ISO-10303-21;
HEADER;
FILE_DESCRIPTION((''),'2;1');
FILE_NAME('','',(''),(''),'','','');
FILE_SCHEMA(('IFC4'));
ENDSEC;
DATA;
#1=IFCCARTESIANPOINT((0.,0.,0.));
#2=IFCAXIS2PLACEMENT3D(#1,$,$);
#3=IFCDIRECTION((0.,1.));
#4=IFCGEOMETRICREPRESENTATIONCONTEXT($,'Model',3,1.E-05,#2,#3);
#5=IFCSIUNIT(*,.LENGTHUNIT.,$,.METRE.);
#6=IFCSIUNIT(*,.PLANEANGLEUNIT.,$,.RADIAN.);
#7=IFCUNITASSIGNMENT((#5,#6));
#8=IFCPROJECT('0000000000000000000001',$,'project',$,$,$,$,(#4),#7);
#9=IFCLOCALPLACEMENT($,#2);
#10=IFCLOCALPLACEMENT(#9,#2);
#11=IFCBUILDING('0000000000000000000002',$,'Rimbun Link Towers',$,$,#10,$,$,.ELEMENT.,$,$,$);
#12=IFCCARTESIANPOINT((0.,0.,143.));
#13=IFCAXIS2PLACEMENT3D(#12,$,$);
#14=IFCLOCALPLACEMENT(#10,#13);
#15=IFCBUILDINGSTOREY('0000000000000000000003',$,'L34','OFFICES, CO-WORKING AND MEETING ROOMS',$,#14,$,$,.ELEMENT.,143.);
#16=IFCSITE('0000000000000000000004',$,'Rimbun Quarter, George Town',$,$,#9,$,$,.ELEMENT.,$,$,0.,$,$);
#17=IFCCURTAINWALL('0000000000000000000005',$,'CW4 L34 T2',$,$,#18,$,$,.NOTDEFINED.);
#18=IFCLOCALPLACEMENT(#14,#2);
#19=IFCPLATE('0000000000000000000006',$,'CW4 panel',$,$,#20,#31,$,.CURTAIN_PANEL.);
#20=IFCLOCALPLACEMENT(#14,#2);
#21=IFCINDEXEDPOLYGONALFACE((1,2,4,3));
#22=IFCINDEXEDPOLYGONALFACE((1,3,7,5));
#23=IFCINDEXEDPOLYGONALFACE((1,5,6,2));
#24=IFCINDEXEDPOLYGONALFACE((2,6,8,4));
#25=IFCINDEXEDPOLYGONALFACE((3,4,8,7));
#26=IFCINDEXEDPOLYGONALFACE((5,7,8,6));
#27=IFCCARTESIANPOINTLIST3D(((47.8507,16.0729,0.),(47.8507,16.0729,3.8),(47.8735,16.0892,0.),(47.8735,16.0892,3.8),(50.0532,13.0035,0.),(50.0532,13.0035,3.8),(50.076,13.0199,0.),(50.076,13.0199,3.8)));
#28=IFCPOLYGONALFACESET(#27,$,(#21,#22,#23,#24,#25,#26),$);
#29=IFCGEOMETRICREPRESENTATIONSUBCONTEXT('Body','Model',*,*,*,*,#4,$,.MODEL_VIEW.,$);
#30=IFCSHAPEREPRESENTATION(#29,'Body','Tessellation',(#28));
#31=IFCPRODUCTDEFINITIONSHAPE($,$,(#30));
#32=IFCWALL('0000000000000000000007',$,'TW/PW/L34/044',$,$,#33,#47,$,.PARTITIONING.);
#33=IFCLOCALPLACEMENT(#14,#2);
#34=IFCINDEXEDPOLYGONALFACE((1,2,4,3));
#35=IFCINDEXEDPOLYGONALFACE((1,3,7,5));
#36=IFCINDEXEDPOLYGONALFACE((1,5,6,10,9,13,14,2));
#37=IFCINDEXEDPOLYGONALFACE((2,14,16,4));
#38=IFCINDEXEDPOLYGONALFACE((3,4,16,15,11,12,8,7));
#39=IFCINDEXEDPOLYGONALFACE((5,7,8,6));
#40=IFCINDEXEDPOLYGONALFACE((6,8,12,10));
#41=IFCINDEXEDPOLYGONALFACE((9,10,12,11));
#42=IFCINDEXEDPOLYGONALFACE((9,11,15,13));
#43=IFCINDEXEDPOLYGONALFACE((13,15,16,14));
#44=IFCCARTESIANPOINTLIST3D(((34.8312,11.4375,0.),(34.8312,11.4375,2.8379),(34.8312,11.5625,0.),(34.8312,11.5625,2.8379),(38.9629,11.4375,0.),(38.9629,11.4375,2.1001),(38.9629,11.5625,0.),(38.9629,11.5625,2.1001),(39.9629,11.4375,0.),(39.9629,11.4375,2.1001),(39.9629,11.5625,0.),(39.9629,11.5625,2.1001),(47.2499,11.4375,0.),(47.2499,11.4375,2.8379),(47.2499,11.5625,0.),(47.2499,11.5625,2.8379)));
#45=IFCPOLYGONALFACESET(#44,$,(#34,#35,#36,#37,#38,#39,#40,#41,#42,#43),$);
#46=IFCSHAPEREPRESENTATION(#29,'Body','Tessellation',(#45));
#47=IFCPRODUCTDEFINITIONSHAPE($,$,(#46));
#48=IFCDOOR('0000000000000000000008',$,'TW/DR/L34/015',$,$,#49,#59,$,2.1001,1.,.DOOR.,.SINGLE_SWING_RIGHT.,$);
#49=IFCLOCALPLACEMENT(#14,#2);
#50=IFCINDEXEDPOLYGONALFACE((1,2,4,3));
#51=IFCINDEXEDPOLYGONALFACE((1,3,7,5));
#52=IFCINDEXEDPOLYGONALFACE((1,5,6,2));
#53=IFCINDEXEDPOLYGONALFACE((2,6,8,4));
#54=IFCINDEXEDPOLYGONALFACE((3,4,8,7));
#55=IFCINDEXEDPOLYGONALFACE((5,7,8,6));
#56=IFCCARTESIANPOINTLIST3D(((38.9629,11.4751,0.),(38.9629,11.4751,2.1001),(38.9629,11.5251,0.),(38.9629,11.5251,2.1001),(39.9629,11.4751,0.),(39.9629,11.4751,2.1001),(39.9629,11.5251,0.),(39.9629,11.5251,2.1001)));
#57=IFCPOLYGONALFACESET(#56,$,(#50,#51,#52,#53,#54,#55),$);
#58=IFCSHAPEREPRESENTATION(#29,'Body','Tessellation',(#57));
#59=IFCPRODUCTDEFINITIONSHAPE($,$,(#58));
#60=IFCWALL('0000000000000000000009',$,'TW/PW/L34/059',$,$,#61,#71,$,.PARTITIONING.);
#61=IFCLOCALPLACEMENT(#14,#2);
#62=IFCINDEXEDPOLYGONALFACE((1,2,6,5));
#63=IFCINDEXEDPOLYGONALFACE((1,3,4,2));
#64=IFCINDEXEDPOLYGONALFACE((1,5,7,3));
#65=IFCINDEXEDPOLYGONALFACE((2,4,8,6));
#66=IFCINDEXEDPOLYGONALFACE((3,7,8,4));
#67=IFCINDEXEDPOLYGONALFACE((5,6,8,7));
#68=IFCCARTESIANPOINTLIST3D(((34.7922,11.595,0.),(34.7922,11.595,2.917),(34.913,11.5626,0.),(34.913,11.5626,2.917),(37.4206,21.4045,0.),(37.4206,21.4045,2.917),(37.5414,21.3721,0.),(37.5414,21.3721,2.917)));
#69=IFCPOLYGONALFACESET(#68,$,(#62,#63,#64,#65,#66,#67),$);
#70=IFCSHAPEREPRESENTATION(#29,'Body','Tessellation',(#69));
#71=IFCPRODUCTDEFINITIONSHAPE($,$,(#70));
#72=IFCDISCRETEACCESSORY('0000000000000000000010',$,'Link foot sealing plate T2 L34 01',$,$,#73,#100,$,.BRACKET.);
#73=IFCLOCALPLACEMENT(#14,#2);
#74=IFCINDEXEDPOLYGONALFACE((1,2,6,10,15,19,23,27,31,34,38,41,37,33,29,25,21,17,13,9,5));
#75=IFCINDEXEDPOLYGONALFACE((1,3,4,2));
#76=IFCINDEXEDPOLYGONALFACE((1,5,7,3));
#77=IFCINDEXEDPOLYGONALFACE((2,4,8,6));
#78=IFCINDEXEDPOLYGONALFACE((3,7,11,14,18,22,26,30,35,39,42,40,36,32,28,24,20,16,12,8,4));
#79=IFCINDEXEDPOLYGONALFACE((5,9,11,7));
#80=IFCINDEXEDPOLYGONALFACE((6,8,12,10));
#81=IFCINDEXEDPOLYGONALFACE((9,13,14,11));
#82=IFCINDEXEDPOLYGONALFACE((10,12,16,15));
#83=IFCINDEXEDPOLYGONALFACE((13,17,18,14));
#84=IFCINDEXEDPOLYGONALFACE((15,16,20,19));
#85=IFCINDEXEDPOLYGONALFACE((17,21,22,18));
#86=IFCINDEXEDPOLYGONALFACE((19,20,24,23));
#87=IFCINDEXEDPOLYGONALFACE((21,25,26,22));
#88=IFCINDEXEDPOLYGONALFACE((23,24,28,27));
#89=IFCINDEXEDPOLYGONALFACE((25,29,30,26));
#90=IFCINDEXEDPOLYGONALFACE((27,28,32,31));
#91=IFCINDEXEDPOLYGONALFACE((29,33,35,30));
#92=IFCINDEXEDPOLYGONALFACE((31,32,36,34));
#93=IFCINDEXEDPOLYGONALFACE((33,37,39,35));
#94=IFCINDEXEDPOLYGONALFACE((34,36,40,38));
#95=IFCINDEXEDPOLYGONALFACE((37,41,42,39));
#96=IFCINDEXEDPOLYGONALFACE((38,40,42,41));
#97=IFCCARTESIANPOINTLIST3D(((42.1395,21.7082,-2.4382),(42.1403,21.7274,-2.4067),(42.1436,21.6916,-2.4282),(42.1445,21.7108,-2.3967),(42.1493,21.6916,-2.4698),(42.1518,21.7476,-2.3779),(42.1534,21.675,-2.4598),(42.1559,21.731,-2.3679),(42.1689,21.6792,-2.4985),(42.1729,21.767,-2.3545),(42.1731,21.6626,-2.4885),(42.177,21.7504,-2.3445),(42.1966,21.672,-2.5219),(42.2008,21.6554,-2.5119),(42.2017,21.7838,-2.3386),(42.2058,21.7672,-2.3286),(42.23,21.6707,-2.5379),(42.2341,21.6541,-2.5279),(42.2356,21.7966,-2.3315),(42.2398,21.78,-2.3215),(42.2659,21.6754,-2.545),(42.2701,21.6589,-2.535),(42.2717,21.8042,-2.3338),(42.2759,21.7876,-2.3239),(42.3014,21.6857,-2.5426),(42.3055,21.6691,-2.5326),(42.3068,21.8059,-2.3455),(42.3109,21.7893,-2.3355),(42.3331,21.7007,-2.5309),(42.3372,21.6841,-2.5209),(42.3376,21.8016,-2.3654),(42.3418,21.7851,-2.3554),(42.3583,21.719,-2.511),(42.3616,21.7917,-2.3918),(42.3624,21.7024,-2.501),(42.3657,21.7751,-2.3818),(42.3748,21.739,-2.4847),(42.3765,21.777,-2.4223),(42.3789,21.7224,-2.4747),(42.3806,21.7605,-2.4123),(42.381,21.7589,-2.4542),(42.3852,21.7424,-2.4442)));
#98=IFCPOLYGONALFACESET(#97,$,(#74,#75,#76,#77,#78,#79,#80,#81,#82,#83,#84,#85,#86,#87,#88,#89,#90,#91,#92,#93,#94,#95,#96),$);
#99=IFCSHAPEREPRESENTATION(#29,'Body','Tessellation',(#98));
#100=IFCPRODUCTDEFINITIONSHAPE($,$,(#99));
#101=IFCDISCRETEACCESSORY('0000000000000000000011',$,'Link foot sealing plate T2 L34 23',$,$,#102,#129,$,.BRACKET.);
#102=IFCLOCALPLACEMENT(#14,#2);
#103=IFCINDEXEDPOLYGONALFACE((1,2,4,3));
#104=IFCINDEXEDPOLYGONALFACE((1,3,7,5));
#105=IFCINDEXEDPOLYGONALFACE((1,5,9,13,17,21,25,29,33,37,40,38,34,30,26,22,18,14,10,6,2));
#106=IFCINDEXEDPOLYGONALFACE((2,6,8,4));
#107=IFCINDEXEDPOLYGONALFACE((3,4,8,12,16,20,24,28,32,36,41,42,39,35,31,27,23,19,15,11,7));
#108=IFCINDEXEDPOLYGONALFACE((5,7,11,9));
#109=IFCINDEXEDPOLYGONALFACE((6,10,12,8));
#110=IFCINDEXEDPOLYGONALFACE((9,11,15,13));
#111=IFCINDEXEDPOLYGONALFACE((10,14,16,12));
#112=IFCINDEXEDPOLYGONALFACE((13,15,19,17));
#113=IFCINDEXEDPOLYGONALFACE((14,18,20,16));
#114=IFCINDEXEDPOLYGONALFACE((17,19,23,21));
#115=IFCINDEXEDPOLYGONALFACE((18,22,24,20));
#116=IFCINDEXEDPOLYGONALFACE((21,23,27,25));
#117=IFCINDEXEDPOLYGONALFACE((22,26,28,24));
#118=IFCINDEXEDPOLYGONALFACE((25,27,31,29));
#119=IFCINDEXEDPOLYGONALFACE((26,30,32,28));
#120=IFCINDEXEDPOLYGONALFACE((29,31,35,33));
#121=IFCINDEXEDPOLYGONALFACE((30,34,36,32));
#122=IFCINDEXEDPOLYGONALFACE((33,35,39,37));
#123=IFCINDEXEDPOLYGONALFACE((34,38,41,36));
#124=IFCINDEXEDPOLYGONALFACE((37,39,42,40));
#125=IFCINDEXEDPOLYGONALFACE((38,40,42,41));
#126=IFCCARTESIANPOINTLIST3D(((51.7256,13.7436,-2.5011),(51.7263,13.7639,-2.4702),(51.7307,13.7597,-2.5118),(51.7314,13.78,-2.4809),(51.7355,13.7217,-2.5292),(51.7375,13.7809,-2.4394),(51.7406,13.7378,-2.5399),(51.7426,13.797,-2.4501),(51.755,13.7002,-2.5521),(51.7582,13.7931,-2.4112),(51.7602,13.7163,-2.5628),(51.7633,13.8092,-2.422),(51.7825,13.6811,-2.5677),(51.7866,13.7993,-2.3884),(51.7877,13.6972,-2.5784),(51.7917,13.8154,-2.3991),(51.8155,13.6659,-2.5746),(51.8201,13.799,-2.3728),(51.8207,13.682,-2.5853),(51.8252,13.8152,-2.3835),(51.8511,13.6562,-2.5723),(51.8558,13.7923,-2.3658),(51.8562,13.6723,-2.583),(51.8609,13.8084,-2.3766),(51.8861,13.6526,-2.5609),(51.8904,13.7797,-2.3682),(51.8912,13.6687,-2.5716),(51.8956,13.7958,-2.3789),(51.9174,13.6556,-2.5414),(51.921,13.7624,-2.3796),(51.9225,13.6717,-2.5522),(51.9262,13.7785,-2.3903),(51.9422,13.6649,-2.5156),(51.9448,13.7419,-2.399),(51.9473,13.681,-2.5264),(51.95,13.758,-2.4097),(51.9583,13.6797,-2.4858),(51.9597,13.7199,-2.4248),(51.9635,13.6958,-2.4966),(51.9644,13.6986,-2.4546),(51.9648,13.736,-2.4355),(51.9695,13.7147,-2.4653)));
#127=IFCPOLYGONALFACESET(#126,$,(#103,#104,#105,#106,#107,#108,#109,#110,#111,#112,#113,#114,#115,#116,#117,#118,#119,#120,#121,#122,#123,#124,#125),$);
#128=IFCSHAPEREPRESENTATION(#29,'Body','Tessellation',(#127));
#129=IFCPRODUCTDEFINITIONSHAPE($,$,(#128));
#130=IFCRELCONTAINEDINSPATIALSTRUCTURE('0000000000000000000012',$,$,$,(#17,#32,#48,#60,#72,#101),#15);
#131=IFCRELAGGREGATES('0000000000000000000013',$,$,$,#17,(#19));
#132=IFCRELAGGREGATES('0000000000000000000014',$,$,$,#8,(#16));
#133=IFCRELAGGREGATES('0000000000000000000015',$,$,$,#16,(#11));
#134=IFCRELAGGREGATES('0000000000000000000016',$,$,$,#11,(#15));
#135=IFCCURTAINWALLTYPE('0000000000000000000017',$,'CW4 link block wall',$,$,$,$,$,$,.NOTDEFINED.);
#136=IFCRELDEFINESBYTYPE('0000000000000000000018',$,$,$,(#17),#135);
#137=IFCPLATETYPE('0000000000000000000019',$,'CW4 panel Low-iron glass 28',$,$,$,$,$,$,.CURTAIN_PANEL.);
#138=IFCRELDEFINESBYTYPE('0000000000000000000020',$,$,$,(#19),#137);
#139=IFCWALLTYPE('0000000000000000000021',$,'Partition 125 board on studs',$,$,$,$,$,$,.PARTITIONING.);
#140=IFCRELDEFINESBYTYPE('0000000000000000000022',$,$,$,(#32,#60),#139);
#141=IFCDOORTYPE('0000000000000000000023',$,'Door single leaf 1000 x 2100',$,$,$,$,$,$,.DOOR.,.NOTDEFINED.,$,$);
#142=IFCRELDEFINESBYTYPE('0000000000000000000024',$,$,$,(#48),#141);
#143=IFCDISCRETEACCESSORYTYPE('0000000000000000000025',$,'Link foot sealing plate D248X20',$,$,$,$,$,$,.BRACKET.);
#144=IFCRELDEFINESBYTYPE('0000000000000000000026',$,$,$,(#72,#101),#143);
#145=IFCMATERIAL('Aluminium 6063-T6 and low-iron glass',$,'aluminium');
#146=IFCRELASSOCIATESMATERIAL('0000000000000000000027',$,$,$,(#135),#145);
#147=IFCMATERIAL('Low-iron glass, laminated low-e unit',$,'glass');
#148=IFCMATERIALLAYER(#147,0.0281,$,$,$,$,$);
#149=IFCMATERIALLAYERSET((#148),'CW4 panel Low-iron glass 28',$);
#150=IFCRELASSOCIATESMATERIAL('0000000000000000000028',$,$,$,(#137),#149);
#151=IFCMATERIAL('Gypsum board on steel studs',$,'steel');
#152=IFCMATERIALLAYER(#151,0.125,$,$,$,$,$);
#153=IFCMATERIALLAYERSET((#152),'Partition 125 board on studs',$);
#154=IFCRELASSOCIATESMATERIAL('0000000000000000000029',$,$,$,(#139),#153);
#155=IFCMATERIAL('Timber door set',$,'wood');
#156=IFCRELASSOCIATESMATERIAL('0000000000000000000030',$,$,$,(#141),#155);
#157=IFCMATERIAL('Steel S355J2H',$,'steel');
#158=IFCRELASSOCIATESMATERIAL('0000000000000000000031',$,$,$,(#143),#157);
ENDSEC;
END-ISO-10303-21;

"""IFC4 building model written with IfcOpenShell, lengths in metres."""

from ifc_helpers import new_model, si_unit, direction, frame, frame_2d, origin, origin_2d, place, context, subcontext, project, spatial, rectangle, circle, extrude, material, layer, layer_set, material_profile, profile_set, type_object, element, fill, aggregate, save


model = new_model("IFC4")

# Units and contexts
model_context = context("Model", 3, precision=1e-05, world=origin(), true_north=direction((0.0, 1.0)))
body_context = subcontext(model_context, "Body", "Model", "MODEL_VIEW")
ifc_project = project(units=[si_unit("LENGTHUNIT", "METRE"), si_unit("PLANEANGLEUNIT", "RADIAN")], contexts=[model_context])

# Site, building, storey
site_placement = place(None, origin())
site = spatial("IfcSite", under=ifc_project, at=site_placement, Name="Rimbun Quarter, George Town", CompositionType="ELEMENT", RefElevation=0.0)
building_placement = place(site_placement, origin())
building = spatial("IfcBuilding", under=site, at=building_placement, Name="Rimbun Link Towers", CompositionType="ELEMENT")
storey_placement = place(building_placement, frame((0.0, 0.0, 143.0)))
storey = spatial("IfcBuildingStorey", under=building, at=storey_placement, Name="L34", Description="OFFICES, CO-WORKING AND MEETING ROOMS", CompositionType="ELEMENT", Elevation=143.0)

# Curtain wall
ifc_material_1 = material(Name="Aluminium 6063-T6 and low-iron glass", Category="aluminium")
curtain_wall_type = type_object("IfcCurtainWallType", Name="CW4 link block wall", PredefinedType="NOTDEFINED", material=ifc_material_1)
curtain_wall_placement = place(storey_placement, origin())
curtain_wall = element("IfcCurtainWall", 1, at=curtain_wall_placement, inside=storey, type_object=curtain_wall_type, Name="CW4 L34 T2", PredefinedType="NOTDEFINED")

# Plate
ifc_material_2 = material(Name="Low-iron glass, laminated low-e unit", Category="glass")
ifc_layer_1 = layer(ifc_material_2, 0.0281)
ifc_layer_set_1 = layer_set([ifc_layer_1], Name="CW4 panel Low-iron glass 28")
plate_type = type_object("IfcPlateType", Name="CW4 panel Low-iron glass 28", PredefinedType="CURTAIN_PANEL", material=ifc_layer_set_1)
plate_1_placement = place(storey_placement, frame((48.9634, 14.5464, 0.0), z_axis=(0.0, 0.0, 1.0), x_axis=(0.583009, -0.812465, 0.0)))
plate_1 = element("IfcPlate", 2, at=plate_1_placement, type_object=plate_type, Name="CW4 panel", PredefinedType="CURTAIN_PANEL", context=body_context, shape_type="SweptSolid", body=[
    extrude(rectangle(XDim=3.7778, YDim=0.0281, at=origin_2d()), origin(), (0.0, 0.0, 1.0), 3.8),
])
aggregate(curtain_wall, [plate_1])

# Wall, opening, door
ifc_material_3 = material(Name="Gypsum board on steel studs", Category="steel")
ifc_layer_2 = layer(ifc_material_3, 0.125)
ifc_layer_set_2 = layer_set([ifc_layer_2], Name="Partition 125 board on studs")
wall_type = type_object("IfcWallType", Name="Partition 125 board on studs", PredefinedType="PARTITIONING", material=ifc_layer_set_2)
wall_1_placement = place(storey_placement, frame((47.25, 11.5, 0.0), z_axis=(0.0, 0.0, 1.0), x_axis=(-1.0, 0.0, 0.0)))
wall_1 = element("IfcWall", 3, at=wall_1_placement, inside=storey, type_object=wall_type, Name="TW/PW/L34/044", PredefinedType="PARTITIONING", context=body_context, shape_type="SweptSolid", body=[
    extrude(rectangle(XDim=12.4187, YDim=0.125, at=frame_2d((6.2095, 0.0))), origin(), (0.0, 0.0, 1.0), 2.8379),
])
opening_placement = place(wall_1_placement, frame((7.2871, 0.0, 0.0)))
opening = element("IfcOpeningElement", 4, at=opening_placement, cuts=wall_1, PredefinedType="OPENING", context=body_context, shape_type="SweptSolid", body=[
    extrude(rectangle(XDim=1.0, YDim=2.1001, at=frame_2d((0.5, 1.05))), frame((0.0, 0.0725, 0.0), z_axis=(0.0, -1.0, 0.0), x_axis=(1.0, 0.0, 0.0)), (0.0, 0.0, 1.0), 0.145),
])
ifc_material_4 = material(Name="Timber door set", Category="wood")
door_type = type_object("IfcDoorType", Name="Door single leaf 1000 x 2100", OperationType="NOTDEFINED", PredefinedType="DOOR", material=ifc_material_4)
door_placement = place(opening_placement, origin())
door = element("IfcDoor", 5, at=door_placement, inside=storey, type_object=door_type, Name="TW/DR/L34/015", OperationType="SINGLE_SWING_RIGHT", OverallHeight=2.1001, OverallWidth=1.0, PredefinedType="DOOR", context=body_context, shape_type="SweptSolid", body=[
    extrude(rectangle(XDim=1.0, YDim=2.1001, at=frame_2d((0.5, 1.05))), frame((0.0, 0.0249, 0.0), z_axis=(0.0, -1.0, 0.0), x_axis=(1.0, 0.0, 0.0)), (0.0, 0.0, 1.0), 0.05),
])
fill(opening, door)

# Wall
wall_2_placement = place(storey_placement, frame((37.481, 21.3882, 0.0), z_axis=(0.0, 0.0, 1.0), x_axis=(-0.258815, -0.965927, 0.0)))
element("IfcWall", 6, at=wall_2_placement, inside=storey, type_object=wall_type, Name="TW/PW/L34/059", PredefinedType="PARTITIONING", context=body_context, shape_type="SweptSolid", body=[
    extrude(rectangle(XDim=10.1555, YDim=0.125, at=frame_2d((5.0776, 0.0))), origin(), (0.0, 0.0, 1.0), 2.917),
])

# Discrete accessories
ifc_material_5 = material(Name="Steel S355J2H", Category="steel")
ifc_material_profile_1 = material_profile(ifc_material_5, circle(Radius=0.124, at=origin_2d()), Name="PL D248")
ifc_profile_set_1 = profile_set([ifc_material_profile_1], Name="Steel S355J2H")
discrete_accessory_type = type_object("IfcDiscreteAccessoryType", Name="Link foot sealing plate D248X20", PredefinedType="BRACKET", material=ifc_profile_set_1)
discrete_accessory_1_placement = place(storey_placement, frame((42.2639, 21.7217, -2.4282), z_axis=(-0.209351, 0.837403, -0.504905), x_axis=(-0.970143, -0.242536, 0.0)))
element("IfcDiscreteAccessory", 7, at=discrete_accessory_1_placement, inside=storey, type_object=discrete_accessory_type, Name="Link foot sealing plate T2 L34 01", PredefinedType="BRACKET", context=body_context, shape_type="SweptSolid", body=[
    extrude(circle(Radius=0.124, at=origin_2d()), origin(), (0.0, 0.0, 1.0), 0.0198),
])
discrete_accessory_2_placement = place(storey_placement, frame((51.8445, 13.7263, -2.4702), z_axis=(0.255926, 0.80434, -0.536227), x_axis=(-0.952926, 0.303204, 0.0)))
element("IfcDiscreteAccessory", 8, at=discrete_accessory_2_placement, inside=storey, type_object=discrete_accessory_type, Name="Link foot sealing plate T2 L34 23", PredefinedType="BRACKET", context=body_context, shape_type="SweptSolid", body=[
    extrude(circle(Radius=0.124, at=origin_2d()), origin(), (0.0, 0.0, 1.0), 0.02),
])

save(model, "model.ifc")
